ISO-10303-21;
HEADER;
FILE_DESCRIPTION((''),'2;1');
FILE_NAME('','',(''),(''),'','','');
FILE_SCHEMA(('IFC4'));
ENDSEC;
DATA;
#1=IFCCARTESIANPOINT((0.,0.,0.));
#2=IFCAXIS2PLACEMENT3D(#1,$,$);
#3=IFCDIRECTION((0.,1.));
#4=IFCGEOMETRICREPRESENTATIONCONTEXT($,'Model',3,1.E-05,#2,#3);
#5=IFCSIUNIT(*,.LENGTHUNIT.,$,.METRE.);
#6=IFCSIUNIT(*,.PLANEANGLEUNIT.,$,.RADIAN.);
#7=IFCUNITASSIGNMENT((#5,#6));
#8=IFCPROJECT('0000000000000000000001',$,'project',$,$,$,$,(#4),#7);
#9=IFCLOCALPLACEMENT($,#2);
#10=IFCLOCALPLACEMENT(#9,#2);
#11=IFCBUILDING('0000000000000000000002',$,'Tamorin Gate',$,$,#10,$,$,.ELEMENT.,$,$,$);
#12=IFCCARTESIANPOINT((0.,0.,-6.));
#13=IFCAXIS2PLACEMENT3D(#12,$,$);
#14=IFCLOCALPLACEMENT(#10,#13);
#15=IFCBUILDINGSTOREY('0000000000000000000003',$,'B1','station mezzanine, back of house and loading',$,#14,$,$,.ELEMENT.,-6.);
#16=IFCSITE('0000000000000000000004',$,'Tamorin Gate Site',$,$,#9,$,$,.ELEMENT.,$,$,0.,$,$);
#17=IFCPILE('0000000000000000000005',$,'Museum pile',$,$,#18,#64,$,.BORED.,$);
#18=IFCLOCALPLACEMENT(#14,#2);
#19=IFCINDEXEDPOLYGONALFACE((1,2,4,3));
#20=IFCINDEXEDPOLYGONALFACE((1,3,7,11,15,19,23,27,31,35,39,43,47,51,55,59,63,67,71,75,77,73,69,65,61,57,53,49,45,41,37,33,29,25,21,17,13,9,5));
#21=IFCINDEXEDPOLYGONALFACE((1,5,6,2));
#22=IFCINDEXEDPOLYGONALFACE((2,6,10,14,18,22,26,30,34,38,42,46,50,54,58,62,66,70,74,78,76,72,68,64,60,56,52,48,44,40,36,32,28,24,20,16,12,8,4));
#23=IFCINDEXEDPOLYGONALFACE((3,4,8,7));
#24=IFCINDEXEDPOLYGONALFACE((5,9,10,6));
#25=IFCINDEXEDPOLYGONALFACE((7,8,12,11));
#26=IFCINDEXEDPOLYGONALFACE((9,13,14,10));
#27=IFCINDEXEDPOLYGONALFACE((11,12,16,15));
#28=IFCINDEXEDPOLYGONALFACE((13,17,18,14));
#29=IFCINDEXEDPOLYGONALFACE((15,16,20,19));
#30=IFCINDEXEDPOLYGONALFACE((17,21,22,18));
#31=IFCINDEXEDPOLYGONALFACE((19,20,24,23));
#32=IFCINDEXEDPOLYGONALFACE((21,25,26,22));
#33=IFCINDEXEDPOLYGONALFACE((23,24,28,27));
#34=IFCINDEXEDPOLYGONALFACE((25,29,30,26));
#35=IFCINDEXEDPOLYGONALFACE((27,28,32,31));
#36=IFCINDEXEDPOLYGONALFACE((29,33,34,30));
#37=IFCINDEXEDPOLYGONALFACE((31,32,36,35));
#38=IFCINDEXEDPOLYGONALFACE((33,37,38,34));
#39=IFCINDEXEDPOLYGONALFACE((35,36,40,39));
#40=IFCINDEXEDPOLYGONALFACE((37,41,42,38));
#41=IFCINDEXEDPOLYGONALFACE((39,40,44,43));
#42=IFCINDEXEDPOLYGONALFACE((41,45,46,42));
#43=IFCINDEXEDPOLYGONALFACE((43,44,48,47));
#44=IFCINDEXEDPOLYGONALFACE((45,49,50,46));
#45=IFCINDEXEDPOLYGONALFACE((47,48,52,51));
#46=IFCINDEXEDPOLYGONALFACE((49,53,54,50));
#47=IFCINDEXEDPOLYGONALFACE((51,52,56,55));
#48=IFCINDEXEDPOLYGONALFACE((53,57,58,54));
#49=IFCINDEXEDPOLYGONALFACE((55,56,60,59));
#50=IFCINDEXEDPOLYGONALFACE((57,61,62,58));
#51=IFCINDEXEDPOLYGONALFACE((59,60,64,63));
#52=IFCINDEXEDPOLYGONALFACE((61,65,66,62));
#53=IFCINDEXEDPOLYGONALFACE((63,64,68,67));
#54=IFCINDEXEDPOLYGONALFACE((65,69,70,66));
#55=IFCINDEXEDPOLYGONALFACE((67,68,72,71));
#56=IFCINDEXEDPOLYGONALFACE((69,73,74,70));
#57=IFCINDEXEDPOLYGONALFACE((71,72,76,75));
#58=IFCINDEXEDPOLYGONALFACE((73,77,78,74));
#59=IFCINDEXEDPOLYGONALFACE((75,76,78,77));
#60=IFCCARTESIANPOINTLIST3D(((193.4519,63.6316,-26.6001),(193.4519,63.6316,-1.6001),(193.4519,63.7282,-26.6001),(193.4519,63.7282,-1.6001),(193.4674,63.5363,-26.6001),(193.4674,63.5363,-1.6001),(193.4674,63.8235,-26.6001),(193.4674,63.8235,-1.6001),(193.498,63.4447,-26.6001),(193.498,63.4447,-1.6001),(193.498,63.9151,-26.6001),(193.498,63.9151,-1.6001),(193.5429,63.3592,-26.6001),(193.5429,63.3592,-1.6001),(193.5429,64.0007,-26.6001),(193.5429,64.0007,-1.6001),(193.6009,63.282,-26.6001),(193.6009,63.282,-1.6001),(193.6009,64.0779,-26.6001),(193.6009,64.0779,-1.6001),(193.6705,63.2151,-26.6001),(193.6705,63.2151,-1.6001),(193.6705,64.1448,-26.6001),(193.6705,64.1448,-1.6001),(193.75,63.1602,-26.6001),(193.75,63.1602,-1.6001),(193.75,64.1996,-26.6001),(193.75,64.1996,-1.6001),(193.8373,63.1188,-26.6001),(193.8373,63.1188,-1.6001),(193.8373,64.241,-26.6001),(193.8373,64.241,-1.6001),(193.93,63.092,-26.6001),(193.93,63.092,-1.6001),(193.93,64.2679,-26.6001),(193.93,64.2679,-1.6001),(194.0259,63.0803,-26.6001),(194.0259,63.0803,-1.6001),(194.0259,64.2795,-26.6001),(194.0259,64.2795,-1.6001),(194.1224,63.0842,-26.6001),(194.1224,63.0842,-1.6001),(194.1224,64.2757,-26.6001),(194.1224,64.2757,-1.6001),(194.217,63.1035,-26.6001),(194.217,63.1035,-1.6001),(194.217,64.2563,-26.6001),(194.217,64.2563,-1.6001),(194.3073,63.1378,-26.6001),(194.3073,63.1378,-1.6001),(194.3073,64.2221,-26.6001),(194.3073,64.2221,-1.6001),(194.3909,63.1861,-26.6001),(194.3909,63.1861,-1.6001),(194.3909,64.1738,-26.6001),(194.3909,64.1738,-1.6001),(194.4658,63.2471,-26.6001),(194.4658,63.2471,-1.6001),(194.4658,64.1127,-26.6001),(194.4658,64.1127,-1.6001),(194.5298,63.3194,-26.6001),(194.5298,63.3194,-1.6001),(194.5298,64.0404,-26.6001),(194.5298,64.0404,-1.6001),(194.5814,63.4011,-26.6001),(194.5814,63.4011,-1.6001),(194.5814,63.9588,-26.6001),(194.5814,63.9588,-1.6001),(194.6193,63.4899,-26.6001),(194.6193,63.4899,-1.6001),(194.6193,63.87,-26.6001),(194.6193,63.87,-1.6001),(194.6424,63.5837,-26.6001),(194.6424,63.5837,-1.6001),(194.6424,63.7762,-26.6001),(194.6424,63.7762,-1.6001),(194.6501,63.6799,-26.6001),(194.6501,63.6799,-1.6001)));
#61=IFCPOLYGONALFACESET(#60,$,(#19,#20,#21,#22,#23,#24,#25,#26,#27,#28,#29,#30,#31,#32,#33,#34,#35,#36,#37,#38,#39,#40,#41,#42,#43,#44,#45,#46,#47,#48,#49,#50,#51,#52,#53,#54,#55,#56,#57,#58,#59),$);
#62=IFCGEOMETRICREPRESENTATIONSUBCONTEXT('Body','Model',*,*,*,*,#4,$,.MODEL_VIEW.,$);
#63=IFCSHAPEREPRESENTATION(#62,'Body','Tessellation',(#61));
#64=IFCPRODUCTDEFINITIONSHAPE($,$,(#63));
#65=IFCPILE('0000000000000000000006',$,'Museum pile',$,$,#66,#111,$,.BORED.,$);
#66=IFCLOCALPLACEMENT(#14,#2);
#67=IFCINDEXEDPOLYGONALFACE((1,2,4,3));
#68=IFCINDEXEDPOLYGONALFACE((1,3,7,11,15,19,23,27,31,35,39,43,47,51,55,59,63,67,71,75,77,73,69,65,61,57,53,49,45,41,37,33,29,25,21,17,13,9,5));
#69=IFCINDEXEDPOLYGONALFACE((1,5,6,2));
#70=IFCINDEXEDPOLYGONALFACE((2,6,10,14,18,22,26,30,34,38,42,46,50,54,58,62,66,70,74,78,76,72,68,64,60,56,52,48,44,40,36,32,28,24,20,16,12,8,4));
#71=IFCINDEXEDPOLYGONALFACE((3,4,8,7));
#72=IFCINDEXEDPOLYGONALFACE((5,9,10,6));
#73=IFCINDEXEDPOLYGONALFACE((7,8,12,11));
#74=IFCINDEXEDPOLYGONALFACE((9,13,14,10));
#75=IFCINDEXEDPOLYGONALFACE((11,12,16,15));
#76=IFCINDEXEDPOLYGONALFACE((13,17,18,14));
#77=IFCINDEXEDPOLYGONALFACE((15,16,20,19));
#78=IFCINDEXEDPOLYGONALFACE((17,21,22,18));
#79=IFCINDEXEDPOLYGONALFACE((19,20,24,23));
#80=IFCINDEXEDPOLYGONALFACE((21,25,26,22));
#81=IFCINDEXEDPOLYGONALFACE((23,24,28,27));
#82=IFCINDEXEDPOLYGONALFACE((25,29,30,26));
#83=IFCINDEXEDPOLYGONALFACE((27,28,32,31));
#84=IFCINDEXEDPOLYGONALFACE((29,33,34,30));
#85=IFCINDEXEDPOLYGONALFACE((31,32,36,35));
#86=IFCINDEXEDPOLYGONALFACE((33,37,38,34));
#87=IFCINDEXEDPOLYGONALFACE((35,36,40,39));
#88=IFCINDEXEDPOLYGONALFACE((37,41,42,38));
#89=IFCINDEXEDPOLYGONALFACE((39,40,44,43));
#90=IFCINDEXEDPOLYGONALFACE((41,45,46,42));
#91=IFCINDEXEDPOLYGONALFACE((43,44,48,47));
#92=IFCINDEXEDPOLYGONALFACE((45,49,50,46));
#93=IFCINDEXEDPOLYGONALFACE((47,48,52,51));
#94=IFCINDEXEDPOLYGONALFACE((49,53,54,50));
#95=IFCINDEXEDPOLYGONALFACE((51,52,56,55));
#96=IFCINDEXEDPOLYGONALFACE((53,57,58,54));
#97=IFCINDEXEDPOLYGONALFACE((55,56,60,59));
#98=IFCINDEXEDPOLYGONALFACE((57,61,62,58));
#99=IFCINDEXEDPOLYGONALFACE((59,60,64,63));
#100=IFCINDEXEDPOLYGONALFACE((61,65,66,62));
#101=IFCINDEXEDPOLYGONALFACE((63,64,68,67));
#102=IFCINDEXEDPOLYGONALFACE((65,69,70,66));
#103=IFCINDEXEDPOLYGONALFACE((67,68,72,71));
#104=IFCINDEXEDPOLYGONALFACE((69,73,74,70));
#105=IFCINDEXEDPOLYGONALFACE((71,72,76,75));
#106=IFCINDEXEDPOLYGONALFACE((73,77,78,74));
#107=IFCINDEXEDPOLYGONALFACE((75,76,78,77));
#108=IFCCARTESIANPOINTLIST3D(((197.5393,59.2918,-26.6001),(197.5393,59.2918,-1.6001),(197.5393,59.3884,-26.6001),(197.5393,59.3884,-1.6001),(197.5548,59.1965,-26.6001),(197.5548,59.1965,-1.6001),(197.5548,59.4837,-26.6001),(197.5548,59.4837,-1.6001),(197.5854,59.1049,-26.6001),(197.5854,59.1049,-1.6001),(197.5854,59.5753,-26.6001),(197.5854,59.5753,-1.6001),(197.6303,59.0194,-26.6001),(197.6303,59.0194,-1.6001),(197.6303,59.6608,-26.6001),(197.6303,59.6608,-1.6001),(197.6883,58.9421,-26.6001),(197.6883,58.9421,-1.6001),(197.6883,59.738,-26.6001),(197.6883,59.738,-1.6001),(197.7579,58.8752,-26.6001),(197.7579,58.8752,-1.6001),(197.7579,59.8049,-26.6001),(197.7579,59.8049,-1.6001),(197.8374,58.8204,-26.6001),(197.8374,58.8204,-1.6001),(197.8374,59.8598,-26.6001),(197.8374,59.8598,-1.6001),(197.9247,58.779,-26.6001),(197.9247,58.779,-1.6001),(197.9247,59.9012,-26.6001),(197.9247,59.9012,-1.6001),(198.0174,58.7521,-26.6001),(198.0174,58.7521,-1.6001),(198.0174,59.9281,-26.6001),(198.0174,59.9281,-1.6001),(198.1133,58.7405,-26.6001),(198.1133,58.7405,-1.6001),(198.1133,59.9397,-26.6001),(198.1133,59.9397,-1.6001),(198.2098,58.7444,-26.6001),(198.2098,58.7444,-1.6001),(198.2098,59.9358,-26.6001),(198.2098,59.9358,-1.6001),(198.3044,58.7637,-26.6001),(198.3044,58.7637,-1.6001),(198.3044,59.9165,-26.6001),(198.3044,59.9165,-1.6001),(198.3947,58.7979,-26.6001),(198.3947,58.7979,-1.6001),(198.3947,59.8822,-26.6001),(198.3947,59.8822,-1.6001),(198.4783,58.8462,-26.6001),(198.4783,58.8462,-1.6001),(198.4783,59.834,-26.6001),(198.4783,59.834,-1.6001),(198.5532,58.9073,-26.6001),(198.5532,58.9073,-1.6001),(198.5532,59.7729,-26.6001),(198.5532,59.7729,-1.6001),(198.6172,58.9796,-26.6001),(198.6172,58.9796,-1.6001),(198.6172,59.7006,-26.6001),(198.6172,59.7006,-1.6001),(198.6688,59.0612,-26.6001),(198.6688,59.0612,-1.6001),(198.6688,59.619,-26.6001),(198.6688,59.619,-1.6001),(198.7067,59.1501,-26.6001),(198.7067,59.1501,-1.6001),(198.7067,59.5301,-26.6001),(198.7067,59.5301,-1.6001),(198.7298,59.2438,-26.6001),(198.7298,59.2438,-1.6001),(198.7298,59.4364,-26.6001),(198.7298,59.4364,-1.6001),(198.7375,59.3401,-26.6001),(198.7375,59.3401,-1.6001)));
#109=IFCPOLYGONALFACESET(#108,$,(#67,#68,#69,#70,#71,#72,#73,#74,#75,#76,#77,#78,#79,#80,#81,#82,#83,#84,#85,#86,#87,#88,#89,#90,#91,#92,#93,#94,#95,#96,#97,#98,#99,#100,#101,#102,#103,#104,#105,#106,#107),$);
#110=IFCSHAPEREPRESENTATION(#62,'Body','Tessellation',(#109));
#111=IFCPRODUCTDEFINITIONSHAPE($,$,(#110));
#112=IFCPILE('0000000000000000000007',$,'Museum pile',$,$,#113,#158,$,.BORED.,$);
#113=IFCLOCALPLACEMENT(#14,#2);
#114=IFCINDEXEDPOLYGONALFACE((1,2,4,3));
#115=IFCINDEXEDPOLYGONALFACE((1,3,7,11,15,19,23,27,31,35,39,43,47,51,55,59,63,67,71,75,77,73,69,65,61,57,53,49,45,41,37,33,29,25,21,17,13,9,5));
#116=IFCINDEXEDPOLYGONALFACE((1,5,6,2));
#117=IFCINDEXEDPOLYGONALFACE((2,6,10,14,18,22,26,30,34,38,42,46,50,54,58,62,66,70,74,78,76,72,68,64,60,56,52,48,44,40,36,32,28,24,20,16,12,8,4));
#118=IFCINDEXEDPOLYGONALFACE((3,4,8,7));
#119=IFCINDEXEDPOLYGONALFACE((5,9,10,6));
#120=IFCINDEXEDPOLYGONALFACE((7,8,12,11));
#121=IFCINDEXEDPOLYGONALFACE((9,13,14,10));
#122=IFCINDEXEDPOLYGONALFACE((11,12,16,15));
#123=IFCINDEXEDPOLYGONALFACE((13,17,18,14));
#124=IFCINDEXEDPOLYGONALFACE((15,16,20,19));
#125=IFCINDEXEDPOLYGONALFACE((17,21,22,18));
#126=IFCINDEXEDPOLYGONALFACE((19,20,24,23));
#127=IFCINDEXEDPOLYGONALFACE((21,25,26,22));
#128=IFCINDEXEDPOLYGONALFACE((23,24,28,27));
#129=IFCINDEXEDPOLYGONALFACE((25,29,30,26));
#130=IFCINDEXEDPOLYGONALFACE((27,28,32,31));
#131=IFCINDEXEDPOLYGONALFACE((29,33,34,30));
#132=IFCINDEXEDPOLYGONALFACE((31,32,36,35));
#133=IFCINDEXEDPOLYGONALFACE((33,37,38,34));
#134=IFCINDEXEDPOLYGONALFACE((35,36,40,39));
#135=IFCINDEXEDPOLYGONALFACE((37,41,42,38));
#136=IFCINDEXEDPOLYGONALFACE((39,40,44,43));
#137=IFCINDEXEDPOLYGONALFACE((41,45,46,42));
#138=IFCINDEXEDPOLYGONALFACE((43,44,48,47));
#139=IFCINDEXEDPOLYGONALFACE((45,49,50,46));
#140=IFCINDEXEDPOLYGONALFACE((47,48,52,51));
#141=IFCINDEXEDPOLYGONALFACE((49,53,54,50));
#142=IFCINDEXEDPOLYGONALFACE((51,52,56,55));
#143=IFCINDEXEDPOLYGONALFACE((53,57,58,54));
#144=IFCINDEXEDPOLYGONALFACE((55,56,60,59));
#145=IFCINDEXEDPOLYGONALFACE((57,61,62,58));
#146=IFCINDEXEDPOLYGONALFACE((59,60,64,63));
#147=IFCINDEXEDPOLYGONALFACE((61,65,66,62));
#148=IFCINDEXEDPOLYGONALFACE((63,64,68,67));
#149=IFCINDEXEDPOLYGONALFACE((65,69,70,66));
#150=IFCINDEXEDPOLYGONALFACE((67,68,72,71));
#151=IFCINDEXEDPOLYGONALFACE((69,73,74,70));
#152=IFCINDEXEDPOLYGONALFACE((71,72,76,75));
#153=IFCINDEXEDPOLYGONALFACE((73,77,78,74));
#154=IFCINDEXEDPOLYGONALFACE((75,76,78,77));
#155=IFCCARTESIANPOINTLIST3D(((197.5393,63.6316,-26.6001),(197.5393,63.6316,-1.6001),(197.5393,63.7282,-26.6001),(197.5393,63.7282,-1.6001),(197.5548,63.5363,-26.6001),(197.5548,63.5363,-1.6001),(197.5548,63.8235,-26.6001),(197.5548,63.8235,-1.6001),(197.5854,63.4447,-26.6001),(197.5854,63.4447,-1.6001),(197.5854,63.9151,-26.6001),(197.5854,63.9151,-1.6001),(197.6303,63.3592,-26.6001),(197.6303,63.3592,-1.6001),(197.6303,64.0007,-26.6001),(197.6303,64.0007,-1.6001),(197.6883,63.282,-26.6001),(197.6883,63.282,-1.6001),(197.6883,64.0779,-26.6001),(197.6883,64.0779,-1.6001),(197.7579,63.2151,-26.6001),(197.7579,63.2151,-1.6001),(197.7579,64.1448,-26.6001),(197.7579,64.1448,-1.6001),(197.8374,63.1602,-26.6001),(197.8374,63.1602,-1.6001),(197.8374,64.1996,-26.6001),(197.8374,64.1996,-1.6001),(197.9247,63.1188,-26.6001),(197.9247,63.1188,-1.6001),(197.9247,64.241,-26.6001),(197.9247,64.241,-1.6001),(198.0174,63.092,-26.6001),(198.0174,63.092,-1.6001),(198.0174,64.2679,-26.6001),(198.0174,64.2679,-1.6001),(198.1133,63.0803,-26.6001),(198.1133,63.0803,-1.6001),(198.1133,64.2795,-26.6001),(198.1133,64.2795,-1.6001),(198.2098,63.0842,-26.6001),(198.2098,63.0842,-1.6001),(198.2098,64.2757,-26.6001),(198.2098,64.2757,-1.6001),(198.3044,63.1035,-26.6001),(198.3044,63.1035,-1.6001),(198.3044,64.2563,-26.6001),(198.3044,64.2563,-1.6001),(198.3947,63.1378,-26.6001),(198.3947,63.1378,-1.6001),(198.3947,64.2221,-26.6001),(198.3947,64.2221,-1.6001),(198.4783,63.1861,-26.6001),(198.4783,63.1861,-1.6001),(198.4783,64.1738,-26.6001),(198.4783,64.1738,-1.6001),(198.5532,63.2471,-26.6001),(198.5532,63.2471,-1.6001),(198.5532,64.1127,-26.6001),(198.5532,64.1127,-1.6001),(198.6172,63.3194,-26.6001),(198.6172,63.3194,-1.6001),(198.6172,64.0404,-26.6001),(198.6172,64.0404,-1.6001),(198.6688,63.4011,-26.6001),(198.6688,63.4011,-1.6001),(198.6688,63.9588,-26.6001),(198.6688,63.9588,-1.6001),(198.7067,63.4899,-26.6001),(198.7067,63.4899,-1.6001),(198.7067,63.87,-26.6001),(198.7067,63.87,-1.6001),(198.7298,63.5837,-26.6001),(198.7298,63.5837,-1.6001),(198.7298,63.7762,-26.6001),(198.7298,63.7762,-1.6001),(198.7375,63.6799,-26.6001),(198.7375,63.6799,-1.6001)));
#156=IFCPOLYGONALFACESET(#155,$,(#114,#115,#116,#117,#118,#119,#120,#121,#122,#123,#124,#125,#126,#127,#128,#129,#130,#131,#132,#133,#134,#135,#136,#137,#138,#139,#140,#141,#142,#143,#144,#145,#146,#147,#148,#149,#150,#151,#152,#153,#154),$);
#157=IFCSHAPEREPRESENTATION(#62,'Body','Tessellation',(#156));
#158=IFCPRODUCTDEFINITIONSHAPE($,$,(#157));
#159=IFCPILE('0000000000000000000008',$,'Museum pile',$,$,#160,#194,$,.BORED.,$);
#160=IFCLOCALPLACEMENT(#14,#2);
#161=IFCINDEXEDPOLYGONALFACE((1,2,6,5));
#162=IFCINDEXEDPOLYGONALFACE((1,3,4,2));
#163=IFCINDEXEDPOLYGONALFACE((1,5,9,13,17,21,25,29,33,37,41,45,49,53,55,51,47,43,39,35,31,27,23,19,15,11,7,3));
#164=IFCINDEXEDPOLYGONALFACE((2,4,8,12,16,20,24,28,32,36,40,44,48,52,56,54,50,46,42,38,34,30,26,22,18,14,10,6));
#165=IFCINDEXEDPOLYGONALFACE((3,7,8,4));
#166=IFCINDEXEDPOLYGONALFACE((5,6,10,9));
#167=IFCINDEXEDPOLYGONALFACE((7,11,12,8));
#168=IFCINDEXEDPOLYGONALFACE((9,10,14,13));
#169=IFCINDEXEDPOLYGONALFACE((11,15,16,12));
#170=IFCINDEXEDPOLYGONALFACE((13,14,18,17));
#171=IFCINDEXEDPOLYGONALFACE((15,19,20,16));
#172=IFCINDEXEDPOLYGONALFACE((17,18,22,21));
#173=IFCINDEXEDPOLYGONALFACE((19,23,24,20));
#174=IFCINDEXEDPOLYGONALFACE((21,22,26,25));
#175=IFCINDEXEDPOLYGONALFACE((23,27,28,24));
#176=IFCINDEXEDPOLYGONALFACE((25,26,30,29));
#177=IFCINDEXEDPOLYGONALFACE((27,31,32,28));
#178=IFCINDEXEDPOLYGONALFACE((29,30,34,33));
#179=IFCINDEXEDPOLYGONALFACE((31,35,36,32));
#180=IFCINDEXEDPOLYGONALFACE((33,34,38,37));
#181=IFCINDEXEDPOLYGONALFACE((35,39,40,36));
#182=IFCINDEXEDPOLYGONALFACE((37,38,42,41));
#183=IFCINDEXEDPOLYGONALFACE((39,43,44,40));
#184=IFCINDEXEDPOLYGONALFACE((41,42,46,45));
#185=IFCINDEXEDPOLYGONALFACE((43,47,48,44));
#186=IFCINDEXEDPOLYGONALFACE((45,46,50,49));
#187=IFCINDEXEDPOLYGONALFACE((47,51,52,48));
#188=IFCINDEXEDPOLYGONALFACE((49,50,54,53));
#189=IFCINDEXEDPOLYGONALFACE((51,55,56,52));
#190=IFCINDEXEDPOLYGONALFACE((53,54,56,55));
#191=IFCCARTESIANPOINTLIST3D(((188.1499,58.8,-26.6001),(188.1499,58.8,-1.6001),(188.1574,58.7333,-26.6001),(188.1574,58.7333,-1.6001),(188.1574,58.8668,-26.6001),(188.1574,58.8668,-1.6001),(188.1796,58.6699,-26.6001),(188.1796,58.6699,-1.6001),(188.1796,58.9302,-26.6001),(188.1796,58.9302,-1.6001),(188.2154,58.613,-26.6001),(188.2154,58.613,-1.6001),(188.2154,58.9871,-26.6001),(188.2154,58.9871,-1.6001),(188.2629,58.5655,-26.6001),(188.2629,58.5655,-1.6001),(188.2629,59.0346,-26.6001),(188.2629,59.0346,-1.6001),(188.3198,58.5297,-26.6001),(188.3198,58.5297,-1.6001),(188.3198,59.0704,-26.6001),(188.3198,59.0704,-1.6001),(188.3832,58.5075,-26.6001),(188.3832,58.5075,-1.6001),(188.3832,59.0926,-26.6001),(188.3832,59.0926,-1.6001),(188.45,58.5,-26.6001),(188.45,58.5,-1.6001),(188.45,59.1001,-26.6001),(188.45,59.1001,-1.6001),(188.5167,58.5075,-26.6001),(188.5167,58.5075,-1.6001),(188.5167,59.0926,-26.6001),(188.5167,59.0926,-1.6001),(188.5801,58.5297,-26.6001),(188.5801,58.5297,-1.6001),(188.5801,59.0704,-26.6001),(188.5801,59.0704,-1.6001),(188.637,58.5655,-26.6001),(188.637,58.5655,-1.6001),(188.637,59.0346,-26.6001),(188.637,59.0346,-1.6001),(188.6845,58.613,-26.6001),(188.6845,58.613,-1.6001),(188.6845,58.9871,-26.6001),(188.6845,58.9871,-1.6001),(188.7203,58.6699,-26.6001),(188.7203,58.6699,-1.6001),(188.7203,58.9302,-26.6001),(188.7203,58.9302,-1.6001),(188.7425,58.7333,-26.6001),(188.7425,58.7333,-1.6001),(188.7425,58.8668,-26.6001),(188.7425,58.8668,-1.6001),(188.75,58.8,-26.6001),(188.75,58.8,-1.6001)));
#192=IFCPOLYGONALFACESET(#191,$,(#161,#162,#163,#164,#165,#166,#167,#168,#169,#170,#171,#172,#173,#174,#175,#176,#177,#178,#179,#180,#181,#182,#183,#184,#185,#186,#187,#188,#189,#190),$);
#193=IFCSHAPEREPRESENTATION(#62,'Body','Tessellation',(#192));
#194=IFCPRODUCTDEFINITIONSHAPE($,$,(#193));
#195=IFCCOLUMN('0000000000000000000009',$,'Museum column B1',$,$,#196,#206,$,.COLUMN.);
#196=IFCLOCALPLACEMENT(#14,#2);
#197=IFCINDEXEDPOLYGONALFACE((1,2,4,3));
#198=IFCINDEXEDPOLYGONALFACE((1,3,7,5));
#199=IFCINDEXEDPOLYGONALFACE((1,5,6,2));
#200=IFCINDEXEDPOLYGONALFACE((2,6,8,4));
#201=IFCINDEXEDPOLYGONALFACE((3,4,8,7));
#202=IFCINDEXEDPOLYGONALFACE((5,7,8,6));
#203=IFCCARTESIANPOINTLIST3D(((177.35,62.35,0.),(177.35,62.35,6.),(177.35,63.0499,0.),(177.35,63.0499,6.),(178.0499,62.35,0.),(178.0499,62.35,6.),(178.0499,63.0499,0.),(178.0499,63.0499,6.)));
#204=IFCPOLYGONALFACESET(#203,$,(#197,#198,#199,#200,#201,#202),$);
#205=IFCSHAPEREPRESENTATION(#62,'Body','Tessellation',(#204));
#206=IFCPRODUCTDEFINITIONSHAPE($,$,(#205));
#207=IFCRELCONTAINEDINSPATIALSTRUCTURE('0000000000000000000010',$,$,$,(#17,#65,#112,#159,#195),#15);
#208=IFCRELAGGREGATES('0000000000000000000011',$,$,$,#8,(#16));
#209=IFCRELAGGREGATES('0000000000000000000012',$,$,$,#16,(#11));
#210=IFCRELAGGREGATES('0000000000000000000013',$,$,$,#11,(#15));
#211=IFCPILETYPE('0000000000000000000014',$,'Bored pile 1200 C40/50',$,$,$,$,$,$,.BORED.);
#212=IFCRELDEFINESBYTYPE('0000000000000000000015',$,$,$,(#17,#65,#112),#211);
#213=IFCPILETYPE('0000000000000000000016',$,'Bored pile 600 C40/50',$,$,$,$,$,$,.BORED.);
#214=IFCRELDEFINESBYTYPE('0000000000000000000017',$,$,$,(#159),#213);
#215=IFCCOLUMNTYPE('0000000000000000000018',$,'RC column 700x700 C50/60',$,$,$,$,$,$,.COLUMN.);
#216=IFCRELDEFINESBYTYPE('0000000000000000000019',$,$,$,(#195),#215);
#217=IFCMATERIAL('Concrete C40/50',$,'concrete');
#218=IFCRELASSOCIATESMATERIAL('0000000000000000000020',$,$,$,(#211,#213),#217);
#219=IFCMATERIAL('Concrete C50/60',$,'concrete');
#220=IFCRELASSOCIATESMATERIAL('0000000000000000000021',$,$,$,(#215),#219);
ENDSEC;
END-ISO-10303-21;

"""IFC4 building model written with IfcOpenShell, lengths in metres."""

from ifc_helpers import new_model, si_unit, direction, frame, origin, origin_2d, place, context, subcontext, project, spatial, rectangle, circle, extrude, material, material_profile, profile_set, type_object, element, save


model = new_model("IFC4")

# Units and contexts
model_context = context("Model", 3, precision=1e-05, world=origin(), true_north=direction((0.0, 1.0)))
body_context = subcontext(model_context, "Body", "Model", "MODEL_VIEW")
ifc_project = project(units=[si_unit("LENGTHUNIT", "METRE"), si_unit("PLANEANGLEUNIT", "RADIAN")], contexts=[model_context])

# Site, building, storey
site_placement = place(None, origin())
site = spatial("IfcSite", under=ifc_project, at=site_placement, Name="Tamorin Gate Site", CompositionType="ELEMENT", RefElevation=0.0)
building_placement = place(site_placement, origin())
building = spatial("IfcBuilding", under=site, at=building_placement, Name="Tamorin Gate", CompositionType="ELEMENT")
storey_placement = place(building_placement, frame((0.0, 0.0, -6.0)))
storey = spatial("IfcBuildingStorey", under=building, at=storey_placement, Name="B1", Description="station mezzanine, back of house and loading", CompositionType="ELEMENT", Elevation=-6.0)

# Piles
ifc_material_1 = material(Name="Concrete C40/50", Category="concrete")
ifc_material_profile_1 = material_profile(ifc_material_1, circle(Radius=0.6001, at=origin_2d()))
ifc_profile_set_1 = profile_set([ifc_material_profile_1], Name="Concrete C40/50")
pile_type_1 = type_object("IfcPileType", Name="Bored pile 1200 C40/50", PredefinedType="BORED", material=ifc_profile_set_1)
for number, where, z_axis, x_axis, name in (
    (1, (194.05, 63.6799, -1.6001), (0.0, 0.0, -1.0), (1.0, 0.0, 0.0), "Museum pile"),
    (2, (198.1375, 59.3401, -1.6001), (0.0, 0.0, -1.0), (1.0, 0.0, 0.0), "Museum pile"),
    (3, (198.1375, 63.6799, -1.6001), (0.0, 0.0, -1.0), (1.0, 0.0, 0.0), "Museum pile"),
):
    element("IfcPile", number, at=place(storey_placement, frame(where, z_axis=z_axis, x_axis=x_axis)), inside=storey, type_object=pile_type_1, Name=name, PredefinedType="BORED", context=body_context, shape_type="SweptSolid", body=[
        extrude(circle(Radius=0.6001, at=origin_2d()), origin(), (0.0, 0.0, 1.0), 25.0),
    ])
ifc_material_profile_2 = material_profile(ifc_material_1, circle(Radius=0.3, at=origin_2d()))
ifc_profile_set_2 = profile_set([ifc_material_profile_2], Name="Concrete C40/50")
pile_type_2 = type_object("IfcPileType", Name="Bored pile 600 C40/50", PredefinedType="BORED", material=ifc_profile_set_2)
pile_placement = place(storey_placement, frame((188.45, 58.8, -1.6001), z_axis=(0.0, 0.0, -1.0), x_axis=(1.0, 0.0, 0.0)))
element("IfcPile", 4, at=pile_placement, inside=storey, type_object=pile_type_2, Name="Museum pile", PredefinedType="BORED", context=body_context, shape_type="SweptSolid", body=[
    extrude(circle(Radius=0.3, at=origin_2d()), origin(), (0.0, 0.0, 1.0), 25.0),
])

# Column
ifc_material_2 = material(Name="Concrete C50/60", Category="concrete")
ifc_material_profile_3 = material_profile(ifc_material_2, rectangle(XDim=0.7, YDim=0.7, at=origin_2d()), Name="RC 700x700")
ifc_profile_set_3 = profile_set([ifc_material_profile_3], Name="Concrete C50/60")
column_type = type_object("IfcColumnType", Name="RC column 700x700 C50/60", PredefinedType="COLUMN", material=ifc_profile_set_3)
for number, where, z_axis, x_axis, name in (
    (5, (177.7, 62.7, 0.0), (0.0, 0.0, 1.0), (1.0, 0.0, 0.0), "Museum column B1"),
):
    element("IfcColumn", number, at=place(storey_placement, frame(where, z_axis=z_axis, x_axis=x_axis)), inside=storey, type_object=column_type, Name=name, PredefinedType="COLUMN", context=body_context, shape_type="SweptSolid", body=[
        extrude(rectangle(XDim=0.7, YDim=0.7, at=origin_2d()), origin(), (0.0, 0.0, 1.0), 6.0),
    ])

save(model, "model.ifc")
